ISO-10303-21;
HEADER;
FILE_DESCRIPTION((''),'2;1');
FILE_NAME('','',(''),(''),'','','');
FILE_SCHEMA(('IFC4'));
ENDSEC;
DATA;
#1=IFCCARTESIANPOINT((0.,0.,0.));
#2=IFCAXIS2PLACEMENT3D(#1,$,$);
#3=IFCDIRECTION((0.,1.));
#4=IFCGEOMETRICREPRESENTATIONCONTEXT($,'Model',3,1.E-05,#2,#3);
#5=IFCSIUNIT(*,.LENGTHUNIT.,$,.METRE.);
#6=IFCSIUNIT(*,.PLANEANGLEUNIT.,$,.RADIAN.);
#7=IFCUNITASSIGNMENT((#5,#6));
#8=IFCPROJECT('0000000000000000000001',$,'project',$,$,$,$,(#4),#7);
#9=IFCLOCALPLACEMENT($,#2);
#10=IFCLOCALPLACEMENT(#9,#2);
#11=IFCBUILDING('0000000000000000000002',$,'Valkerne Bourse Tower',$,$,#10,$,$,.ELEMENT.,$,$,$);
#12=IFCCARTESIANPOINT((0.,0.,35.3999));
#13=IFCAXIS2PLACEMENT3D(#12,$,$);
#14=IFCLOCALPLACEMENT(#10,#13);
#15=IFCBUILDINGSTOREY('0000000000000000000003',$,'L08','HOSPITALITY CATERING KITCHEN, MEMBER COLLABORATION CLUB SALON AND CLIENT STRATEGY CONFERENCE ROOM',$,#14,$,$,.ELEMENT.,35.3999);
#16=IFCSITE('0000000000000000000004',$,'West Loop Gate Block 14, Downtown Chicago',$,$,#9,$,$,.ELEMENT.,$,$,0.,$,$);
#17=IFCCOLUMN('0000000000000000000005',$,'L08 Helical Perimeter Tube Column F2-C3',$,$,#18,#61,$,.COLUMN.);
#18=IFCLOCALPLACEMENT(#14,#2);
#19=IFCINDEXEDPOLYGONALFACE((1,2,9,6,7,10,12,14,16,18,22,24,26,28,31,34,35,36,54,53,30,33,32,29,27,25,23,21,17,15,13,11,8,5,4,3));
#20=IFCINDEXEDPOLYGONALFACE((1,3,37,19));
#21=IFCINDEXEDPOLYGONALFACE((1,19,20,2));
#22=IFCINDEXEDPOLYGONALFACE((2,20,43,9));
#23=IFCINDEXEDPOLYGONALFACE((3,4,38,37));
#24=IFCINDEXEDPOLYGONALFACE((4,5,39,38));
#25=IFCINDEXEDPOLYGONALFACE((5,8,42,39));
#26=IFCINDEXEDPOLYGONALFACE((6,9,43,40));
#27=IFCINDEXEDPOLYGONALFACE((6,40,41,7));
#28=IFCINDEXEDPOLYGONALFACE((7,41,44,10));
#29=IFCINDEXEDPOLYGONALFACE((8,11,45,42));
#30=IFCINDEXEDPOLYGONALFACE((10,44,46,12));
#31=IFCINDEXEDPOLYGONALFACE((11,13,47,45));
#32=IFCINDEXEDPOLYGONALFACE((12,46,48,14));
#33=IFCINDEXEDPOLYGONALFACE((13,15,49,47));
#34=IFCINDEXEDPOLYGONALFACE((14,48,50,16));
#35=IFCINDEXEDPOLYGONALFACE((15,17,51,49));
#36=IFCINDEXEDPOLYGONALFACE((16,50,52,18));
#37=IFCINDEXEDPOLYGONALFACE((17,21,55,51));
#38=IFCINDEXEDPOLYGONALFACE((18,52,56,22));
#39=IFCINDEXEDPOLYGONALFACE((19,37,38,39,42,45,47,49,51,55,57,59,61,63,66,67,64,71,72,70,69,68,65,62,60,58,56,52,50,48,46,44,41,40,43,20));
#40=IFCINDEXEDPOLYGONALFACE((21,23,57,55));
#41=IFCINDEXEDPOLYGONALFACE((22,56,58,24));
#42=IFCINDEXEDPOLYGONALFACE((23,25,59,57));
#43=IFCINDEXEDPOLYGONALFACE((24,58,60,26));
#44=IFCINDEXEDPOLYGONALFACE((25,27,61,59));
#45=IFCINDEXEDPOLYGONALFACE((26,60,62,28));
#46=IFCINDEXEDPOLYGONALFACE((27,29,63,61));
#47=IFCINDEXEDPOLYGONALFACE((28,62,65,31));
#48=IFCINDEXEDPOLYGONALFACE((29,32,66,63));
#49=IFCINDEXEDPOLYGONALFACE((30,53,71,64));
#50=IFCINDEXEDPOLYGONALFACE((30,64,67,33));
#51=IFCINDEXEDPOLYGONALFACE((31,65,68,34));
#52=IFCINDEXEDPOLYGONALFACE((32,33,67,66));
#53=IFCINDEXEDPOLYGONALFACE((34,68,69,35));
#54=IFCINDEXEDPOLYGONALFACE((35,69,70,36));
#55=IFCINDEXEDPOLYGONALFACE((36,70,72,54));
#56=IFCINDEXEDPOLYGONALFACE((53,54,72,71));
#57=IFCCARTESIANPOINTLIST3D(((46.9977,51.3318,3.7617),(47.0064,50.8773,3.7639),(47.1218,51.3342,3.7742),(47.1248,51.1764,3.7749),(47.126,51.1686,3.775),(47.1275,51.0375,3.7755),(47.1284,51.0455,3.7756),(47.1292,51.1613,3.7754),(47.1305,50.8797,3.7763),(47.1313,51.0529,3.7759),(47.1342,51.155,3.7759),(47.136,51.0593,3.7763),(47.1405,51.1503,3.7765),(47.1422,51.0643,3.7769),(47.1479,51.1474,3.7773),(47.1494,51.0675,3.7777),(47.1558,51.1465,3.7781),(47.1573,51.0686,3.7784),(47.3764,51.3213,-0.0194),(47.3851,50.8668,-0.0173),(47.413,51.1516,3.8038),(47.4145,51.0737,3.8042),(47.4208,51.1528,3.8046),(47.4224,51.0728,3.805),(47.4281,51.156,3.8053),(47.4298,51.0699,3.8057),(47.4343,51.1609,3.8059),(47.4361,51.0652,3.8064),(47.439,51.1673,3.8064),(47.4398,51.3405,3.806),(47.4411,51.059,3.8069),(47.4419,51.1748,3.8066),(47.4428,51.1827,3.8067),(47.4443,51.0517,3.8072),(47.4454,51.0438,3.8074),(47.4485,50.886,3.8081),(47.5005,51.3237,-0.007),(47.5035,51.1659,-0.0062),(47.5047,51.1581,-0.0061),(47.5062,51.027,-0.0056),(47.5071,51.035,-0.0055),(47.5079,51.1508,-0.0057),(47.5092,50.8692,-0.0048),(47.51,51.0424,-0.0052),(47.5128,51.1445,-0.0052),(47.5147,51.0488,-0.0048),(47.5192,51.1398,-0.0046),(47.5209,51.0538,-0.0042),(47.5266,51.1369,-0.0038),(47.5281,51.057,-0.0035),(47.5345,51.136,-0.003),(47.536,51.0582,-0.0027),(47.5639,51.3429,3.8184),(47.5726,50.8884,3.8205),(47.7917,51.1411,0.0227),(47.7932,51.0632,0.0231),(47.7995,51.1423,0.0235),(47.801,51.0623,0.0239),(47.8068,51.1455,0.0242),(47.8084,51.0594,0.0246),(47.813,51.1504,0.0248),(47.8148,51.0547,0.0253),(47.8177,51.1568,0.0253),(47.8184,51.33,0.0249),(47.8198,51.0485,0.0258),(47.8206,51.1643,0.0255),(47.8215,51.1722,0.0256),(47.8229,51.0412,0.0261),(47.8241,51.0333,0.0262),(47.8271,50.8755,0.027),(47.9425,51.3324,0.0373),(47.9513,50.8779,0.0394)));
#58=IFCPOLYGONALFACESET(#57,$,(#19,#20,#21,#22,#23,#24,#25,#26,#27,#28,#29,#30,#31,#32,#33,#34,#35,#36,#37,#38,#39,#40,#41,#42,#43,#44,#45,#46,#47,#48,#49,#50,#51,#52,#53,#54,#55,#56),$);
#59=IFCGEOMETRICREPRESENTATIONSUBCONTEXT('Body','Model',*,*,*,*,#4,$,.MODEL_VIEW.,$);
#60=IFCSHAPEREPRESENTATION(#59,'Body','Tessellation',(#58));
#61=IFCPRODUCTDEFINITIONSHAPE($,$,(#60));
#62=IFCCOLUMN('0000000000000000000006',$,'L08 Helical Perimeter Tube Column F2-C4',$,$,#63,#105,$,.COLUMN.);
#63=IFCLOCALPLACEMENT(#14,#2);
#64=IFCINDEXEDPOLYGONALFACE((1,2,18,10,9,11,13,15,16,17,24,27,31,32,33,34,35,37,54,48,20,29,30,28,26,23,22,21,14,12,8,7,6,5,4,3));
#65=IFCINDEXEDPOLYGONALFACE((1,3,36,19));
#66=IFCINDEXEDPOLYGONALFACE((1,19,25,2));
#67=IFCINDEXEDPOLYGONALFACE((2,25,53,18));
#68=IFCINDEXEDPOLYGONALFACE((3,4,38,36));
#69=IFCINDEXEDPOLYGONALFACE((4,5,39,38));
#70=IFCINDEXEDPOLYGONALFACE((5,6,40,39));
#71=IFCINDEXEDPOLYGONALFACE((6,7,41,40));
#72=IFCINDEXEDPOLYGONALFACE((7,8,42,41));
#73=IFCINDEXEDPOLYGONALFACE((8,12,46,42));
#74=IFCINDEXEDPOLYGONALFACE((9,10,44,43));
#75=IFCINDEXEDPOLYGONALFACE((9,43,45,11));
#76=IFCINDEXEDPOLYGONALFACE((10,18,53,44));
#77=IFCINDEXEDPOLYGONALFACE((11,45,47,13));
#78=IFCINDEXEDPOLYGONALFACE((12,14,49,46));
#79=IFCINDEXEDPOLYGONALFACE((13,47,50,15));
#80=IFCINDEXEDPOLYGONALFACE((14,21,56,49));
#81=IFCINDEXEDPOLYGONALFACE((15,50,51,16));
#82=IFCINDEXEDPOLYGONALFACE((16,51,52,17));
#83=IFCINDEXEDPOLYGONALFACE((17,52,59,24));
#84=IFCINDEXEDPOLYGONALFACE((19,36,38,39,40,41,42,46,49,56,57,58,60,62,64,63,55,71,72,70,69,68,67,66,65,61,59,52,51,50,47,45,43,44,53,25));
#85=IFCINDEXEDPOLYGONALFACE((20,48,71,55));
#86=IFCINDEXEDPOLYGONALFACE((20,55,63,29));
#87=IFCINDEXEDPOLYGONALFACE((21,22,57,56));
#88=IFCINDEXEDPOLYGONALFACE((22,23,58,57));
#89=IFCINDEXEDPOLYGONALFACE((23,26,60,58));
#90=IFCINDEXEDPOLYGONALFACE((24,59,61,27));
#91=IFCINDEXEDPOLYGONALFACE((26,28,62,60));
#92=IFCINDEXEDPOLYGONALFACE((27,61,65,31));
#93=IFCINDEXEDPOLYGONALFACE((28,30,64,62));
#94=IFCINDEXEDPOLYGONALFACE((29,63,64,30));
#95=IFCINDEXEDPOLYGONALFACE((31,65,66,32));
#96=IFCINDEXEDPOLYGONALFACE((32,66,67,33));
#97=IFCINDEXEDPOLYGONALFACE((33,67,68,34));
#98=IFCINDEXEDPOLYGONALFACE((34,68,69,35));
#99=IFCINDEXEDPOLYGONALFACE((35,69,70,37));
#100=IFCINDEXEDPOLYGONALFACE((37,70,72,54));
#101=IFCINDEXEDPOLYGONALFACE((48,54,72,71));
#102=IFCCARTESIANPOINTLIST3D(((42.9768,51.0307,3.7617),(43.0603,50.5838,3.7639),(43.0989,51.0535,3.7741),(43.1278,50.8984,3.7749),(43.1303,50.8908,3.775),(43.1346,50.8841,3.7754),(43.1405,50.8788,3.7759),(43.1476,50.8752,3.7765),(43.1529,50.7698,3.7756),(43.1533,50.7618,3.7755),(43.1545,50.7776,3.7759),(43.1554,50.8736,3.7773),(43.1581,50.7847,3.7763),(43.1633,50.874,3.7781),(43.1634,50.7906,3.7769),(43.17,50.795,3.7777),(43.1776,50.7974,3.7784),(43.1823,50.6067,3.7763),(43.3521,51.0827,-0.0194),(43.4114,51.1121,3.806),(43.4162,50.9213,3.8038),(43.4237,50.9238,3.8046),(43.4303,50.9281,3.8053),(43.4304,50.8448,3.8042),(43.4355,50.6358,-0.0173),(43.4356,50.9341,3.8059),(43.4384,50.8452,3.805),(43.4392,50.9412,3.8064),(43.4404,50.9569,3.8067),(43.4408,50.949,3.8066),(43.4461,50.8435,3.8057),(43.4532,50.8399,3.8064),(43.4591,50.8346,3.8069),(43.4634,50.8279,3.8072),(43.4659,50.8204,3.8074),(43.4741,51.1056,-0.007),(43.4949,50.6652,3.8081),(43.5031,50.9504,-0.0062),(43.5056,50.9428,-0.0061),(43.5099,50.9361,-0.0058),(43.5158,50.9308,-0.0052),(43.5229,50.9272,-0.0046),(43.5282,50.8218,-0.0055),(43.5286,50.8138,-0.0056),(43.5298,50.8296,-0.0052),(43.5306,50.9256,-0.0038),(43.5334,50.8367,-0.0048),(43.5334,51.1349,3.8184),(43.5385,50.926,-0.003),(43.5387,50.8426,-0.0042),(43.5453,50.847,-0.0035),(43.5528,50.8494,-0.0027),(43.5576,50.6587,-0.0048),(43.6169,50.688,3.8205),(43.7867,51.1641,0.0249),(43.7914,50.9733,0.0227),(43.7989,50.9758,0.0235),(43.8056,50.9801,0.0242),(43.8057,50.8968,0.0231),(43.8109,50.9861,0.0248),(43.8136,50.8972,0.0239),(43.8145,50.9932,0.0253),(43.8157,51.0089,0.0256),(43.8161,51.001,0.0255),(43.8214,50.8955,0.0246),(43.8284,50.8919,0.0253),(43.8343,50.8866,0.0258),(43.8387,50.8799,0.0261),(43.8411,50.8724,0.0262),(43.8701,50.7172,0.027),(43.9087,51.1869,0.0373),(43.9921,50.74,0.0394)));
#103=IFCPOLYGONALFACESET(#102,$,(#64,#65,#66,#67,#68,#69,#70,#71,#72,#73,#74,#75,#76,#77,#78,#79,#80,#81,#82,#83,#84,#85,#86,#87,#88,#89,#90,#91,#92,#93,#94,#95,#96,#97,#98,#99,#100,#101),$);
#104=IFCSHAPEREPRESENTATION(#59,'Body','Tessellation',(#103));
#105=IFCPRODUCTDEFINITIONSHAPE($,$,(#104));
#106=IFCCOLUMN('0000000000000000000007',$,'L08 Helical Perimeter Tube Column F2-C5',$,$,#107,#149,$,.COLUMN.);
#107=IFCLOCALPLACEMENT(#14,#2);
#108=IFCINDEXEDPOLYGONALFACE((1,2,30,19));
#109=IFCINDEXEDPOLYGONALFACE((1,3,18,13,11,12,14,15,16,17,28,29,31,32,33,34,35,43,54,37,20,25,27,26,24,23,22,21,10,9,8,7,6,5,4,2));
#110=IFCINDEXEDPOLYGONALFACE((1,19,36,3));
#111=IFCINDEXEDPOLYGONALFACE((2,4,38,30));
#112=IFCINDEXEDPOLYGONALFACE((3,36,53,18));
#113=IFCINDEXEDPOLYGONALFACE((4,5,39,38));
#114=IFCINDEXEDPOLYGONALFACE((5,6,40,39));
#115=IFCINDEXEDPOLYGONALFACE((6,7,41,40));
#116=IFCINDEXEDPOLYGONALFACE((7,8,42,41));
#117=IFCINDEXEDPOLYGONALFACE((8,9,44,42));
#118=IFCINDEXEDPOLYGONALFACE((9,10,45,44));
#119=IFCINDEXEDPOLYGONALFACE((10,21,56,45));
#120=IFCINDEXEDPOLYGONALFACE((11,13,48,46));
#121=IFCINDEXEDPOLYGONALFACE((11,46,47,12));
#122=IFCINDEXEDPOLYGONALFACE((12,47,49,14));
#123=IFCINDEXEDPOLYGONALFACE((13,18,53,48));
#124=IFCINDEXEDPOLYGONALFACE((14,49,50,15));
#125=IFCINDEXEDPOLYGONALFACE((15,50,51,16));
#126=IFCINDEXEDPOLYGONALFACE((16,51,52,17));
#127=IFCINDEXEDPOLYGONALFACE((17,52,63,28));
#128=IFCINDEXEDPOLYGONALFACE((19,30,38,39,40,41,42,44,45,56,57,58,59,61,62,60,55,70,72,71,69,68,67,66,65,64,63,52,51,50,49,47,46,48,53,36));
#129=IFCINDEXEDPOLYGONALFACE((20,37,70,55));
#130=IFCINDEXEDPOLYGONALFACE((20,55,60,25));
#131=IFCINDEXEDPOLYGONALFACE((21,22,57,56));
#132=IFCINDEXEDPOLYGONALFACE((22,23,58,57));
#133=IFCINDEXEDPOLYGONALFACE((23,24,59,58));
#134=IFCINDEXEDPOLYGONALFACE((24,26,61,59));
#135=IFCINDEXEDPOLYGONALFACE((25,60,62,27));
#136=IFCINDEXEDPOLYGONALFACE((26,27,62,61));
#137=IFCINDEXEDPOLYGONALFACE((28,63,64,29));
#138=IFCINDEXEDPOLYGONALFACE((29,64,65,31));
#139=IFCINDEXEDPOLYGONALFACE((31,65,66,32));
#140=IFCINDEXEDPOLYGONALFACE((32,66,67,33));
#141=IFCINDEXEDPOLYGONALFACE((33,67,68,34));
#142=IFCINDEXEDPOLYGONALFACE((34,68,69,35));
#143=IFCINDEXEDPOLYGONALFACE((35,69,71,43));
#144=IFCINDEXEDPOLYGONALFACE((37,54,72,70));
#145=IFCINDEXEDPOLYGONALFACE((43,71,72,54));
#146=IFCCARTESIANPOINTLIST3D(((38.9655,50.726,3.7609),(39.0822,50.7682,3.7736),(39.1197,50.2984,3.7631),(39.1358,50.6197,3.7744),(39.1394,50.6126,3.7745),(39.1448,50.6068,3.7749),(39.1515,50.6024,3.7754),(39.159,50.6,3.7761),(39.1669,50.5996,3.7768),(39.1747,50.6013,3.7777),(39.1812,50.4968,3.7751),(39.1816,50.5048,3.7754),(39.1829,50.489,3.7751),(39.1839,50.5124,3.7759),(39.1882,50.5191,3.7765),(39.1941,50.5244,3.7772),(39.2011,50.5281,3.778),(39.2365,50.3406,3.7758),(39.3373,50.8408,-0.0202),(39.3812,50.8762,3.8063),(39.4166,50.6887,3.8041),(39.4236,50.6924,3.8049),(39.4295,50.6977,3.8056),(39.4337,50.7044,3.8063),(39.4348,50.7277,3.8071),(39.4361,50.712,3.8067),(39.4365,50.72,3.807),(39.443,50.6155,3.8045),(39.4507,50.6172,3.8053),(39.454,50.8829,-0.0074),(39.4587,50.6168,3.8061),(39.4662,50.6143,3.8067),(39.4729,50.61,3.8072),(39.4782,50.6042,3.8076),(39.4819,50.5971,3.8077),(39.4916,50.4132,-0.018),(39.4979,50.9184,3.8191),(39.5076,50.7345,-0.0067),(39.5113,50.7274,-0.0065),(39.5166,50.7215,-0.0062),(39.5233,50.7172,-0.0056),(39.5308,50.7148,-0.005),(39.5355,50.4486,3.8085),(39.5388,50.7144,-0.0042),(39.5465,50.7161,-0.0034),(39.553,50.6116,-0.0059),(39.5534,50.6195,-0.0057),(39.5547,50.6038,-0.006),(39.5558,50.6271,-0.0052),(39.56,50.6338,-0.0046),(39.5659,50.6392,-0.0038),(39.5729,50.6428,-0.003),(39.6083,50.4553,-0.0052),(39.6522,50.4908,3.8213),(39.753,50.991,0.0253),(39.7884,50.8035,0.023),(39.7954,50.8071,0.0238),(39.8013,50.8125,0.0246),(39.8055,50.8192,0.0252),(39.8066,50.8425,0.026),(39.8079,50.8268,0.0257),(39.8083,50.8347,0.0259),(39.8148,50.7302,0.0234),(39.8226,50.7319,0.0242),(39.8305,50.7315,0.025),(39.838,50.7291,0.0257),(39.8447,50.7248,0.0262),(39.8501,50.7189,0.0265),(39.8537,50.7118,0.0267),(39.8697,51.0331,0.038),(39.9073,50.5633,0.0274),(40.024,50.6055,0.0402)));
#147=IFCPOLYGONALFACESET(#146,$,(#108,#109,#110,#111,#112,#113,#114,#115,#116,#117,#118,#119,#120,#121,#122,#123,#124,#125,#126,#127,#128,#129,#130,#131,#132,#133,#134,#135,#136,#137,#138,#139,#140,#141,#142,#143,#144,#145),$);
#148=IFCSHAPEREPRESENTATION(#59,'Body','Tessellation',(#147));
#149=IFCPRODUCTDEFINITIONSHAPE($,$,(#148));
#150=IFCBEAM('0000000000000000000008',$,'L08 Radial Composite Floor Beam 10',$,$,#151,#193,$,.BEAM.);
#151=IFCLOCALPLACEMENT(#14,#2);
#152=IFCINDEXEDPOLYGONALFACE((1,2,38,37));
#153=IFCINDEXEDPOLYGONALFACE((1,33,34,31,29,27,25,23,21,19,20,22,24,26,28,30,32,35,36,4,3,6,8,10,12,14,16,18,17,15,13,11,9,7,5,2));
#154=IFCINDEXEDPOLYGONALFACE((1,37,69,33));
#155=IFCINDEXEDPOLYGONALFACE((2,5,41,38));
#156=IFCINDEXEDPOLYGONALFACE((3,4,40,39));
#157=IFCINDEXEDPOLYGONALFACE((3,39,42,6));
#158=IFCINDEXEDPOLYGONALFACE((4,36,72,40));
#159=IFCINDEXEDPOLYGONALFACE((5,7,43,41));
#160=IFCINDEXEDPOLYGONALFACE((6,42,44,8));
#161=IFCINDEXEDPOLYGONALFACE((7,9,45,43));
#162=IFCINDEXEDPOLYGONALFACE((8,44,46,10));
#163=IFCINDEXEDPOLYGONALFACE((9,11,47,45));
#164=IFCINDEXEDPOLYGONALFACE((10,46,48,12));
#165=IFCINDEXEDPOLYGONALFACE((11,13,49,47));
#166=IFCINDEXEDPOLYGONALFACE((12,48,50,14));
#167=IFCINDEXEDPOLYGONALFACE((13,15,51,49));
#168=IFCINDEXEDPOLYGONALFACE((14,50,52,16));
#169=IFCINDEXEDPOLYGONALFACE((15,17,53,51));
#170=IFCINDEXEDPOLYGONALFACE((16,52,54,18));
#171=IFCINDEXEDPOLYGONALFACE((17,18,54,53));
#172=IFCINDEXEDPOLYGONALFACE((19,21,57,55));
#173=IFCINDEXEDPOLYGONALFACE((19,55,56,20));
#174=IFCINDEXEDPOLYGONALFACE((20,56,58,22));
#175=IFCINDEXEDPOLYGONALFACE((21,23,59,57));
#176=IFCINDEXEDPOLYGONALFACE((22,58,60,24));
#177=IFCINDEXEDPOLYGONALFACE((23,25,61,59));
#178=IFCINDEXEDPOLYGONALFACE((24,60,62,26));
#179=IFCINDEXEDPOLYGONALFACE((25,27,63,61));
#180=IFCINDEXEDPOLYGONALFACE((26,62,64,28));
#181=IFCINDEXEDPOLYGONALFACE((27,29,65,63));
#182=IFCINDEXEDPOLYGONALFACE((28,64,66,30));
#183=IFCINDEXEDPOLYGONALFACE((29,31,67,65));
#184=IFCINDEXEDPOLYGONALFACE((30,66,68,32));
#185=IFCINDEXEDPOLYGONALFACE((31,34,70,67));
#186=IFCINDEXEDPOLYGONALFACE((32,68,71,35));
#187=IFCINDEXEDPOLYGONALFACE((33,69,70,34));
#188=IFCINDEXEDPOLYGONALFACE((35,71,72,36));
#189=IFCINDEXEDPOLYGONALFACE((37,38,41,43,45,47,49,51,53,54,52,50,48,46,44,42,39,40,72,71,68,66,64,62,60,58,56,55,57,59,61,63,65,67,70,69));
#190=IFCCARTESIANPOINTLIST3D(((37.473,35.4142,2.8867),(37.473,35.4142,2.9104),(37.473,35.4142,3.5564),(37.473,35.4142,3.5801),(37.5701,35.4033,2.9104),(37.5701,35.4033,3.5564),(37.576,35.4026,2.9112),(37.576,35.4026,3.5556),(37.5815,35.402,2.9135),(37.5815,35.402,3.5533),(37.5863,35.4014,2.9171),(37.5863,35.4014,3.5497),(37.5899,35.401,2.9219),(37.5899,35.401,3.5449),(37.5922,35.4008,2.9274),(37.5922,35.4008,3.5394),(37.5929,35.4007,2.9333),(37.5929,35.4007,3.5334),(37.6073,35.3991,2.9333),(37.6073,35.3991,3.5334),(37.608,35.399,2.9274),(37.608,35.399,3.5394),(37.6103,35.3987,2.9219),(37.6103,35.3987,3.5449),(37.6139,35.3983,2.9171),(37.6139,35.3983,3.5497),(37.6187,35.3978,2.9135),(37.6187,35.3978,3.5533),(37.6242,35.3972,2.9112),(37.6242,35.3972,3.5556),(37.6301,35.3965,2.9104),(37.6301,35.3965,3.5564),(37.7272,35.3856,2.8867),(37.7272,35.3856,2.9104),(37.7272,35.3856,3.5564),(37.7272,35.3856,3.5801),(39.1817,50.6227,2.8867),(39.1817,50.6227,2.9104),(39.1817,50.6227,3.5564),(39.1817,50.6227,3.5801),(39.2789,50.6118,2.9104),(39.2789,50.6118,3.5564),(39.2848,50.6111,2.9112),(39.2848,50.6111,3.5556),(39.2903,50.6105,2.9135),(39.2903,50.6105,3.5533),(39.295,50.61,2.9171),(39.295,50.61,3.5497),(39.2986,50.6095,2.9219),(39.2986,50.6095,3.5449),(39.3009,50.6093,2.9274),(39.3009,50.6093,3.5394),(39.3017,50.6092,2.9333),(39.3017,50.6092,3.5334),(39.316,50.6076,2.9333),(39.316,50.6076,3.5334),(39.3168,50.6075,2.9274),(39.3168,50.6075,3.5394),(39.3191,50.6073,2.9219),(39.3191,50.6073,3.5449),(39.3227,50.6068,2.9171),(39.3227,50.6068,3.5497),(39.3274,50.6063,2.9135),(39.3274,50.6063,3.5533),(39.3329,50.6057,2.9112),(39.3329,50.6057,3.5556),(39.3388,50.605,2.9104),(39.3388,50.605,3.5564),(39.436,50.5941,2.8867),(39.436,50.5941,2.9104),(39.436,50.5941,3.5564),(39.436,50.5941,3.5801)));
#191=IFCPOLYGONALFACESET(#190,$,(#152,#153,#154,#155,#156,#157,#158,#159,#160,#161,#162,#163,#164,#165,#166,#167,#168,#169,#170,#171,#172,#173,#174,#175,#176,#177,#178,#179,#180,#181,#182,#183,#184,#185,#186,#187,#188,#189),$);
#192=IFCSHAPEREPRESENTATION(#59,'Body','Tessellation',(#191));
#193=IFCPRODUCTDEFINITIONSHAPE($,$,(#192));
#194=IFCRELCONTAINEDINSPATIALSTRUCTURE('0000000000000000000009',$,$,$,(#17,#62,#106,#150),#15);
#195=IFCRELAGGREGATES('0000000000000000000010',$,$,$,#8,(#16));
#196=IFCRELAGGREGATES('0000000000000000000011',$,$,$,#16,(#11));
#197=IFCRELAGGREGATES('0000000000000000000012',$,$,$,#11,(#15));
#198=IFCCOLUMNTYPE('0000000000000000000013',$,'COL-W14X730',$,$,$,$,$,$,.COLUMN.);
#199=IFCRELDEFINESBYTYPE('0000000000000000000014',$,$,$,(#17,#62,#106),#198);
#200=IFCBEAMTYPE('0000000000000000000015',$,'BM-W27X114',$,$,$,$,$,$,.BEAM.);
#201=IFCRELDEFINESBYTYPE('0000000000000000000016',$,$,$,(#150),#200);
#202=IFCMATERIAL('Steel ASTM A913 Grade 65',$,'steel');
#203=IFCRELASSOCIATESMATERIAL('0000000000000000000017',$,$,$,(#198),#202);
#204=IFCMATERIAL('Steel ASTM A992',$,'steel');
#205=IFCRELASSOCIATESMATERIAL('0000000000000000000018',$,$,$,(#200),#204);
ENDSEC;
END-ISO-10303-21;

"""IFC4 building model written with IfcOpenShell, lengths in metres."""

from ifc_helpers import new_model, si_unit, direction, frame, origin, origin_2d, place, context, subcontext, project, spatial, i_section, extrude, material, material_profile, profile_set, type_object, element, save


model = new_model("IFC4")

# Units and contexts
model_context = context("Model", 3, precision=1e-05, world=origin(), true_north=direction((0.0, 1.0)))
body_context = subcontext(model_context, "Body", "Model", "MODEL_VIEW")
ifc_project = project(units=[si_unit("LENGTHUNIT", "METRE"), si_unit("PLANEANGLEUNIT", "RADIAN")], contexts=[model_context])

# Site, building, storey
site_placement = place(None, origin())
site = spatial("IfcSite", under=ifc_project, at=site_placement, Name="West Loop Gate Block 14, Downtown Chicago", CompositionType="ELEMENT", RefElevation=0.0)
building_placement = place(site_placement, origin())
building = spatial("IfcBuilding", under=site, at=building_placement, Name="Valkerne Bourse Tower", CompositionType="ELEMENT")
storey_placement = place(building_placement, frame((0.0, 0.0, 35.3999)))
storey = spatial("IfcBuildingStorey", under=building, at=storey_placement, Name="L08", Description="HOSPITALITY CATERING KITCHEN, MEMBER COLLABORATION CLUB SALON AND CLIENT STRATEGY CONFERENCE ROOM", CompositionType="ELEMENT", Elevation=35.3999)

# Columns
ifc_material_1 = material(Name="Steel ASTM A913 Grade 65", Category="steel")
ifc_material_profile_1 = material_profile(ifc_material_1, i_section(OverallWidth=0.4546, OverallDepth=0.5691, WebThickness=0.0779, FlangeThickness=0.1248, FilletRadius=0.0305, at=origin_2d()), Name="W14X730")
ifc_profile_set_1 = profile_set([ifc_material_profile_1], Name="Steel ASTM A913 Grade 65")
column_type = type_object("IfcColumnType", Name="COL-W14X730", PredefinedType="COLUMN", material=ifc_profile_set_1)
for number, where, z_axis, x_axis, name in (
    (1, (47.6638, 51.0996, 0.01), (-0.09965, 0.002763, 0.995019), (-0.019171, 0.999805, -0.004696), "L08 Helical Perimeter Tube Column F2-C3"),
    (2, (43.6721, 50.9114, 0.01), (-0.09875, -0.013685, 0.995018), (-0.183545, 0.983, -0.004696), "L08 Helical Perimeter Tube Column F2-C4"),
):
    element("IfcColumn", number, at=place(storey_placement, frame(where, z_axis=z_axis, x_axis=x_axis)), inside=storey, type_object=column_type, Name=name, PredefinedType="COLUMN", context=body_context, shape_type="SweptSolid", body=[
        extrude(i_section(OverallWidth=0.4546, OverallDepth=0.5691, WebThickness=0.0779, FlangeThickness=0.1248, FilletRadius=0.0305, at=origin_2d()), origin(), (0.0, 0.0, 1.0), 3.8),
    ])
column_placement = place(storey_placement, frame((39.6807, 50.7231, 0.01), z_axis=(-0.097824, -0.030189, 0.994746), x_axis=(-0.339327, 0.940656, -0.004823)))
element("IfcColumn", 3, at=column_placement, inside=storey, type_object=column_type, Name="L08 Helical Perimeter Tube Column F2-C5", PredefinedType="COLUMN", context=body_context, shape_type="SweptSolid", body=[
    extrude(i_section(OverallWidth=0.4546, OverallDepth=0.5691, WebThickness=0.0779, FlangeThickness=0.1248, FilletRadius=0.0305, at=origin_2d()), origin(), (0.0, 0.0, 1.0), 3.801),
])

# Beam
ifc_material_2 = material(Name="Steel ASTM A992", Category="steel")
ifc_material_profile_2 = material_profile(ifc_material_2, i_section(OverallWidth=0.2559, OverallDepth=0.6934, WebThickness=0.0144, FlangeThickness=0.0237, FilletRadius=0.0229, at=origin_2d()), Name="W27X114")
ifc_profile_set_2 = profile_set([ifc_material_profile_2], Name="Steel ASTM A992")
beam_type_1 = type_object("IfcBeamType", Name="BM-W27X114", PredefinedType="BEAM", material=ifc_profile_set_2)
beam_1_placement = place(storey_placement, frame((39.3088, 50.6084, 3.2334), z_axis=(-0.111652, -0.993747, 0.0), x_axis=(0.993747, -0.111652, 0.0)))
element("IfcBeam", 4, at=beam_1_placement, inside=storey, type_object=beam_type_1, Name="L08 Radial Composite Floor Beam 10", PredefinedType="BEAM", context=body_context, shape_type="SweptSolid", body=[
    extrude(i_section(OverallWidth=0.2559, OverallDepth=0.6934, WebThickness=0.0144, FlangeThickness=0.0237, FilletRadius=0.0229, at=origin_2d()), origin(), (0.0, 0.0, 1.0), 15.3042),
])

save(model, "model.ifc")
